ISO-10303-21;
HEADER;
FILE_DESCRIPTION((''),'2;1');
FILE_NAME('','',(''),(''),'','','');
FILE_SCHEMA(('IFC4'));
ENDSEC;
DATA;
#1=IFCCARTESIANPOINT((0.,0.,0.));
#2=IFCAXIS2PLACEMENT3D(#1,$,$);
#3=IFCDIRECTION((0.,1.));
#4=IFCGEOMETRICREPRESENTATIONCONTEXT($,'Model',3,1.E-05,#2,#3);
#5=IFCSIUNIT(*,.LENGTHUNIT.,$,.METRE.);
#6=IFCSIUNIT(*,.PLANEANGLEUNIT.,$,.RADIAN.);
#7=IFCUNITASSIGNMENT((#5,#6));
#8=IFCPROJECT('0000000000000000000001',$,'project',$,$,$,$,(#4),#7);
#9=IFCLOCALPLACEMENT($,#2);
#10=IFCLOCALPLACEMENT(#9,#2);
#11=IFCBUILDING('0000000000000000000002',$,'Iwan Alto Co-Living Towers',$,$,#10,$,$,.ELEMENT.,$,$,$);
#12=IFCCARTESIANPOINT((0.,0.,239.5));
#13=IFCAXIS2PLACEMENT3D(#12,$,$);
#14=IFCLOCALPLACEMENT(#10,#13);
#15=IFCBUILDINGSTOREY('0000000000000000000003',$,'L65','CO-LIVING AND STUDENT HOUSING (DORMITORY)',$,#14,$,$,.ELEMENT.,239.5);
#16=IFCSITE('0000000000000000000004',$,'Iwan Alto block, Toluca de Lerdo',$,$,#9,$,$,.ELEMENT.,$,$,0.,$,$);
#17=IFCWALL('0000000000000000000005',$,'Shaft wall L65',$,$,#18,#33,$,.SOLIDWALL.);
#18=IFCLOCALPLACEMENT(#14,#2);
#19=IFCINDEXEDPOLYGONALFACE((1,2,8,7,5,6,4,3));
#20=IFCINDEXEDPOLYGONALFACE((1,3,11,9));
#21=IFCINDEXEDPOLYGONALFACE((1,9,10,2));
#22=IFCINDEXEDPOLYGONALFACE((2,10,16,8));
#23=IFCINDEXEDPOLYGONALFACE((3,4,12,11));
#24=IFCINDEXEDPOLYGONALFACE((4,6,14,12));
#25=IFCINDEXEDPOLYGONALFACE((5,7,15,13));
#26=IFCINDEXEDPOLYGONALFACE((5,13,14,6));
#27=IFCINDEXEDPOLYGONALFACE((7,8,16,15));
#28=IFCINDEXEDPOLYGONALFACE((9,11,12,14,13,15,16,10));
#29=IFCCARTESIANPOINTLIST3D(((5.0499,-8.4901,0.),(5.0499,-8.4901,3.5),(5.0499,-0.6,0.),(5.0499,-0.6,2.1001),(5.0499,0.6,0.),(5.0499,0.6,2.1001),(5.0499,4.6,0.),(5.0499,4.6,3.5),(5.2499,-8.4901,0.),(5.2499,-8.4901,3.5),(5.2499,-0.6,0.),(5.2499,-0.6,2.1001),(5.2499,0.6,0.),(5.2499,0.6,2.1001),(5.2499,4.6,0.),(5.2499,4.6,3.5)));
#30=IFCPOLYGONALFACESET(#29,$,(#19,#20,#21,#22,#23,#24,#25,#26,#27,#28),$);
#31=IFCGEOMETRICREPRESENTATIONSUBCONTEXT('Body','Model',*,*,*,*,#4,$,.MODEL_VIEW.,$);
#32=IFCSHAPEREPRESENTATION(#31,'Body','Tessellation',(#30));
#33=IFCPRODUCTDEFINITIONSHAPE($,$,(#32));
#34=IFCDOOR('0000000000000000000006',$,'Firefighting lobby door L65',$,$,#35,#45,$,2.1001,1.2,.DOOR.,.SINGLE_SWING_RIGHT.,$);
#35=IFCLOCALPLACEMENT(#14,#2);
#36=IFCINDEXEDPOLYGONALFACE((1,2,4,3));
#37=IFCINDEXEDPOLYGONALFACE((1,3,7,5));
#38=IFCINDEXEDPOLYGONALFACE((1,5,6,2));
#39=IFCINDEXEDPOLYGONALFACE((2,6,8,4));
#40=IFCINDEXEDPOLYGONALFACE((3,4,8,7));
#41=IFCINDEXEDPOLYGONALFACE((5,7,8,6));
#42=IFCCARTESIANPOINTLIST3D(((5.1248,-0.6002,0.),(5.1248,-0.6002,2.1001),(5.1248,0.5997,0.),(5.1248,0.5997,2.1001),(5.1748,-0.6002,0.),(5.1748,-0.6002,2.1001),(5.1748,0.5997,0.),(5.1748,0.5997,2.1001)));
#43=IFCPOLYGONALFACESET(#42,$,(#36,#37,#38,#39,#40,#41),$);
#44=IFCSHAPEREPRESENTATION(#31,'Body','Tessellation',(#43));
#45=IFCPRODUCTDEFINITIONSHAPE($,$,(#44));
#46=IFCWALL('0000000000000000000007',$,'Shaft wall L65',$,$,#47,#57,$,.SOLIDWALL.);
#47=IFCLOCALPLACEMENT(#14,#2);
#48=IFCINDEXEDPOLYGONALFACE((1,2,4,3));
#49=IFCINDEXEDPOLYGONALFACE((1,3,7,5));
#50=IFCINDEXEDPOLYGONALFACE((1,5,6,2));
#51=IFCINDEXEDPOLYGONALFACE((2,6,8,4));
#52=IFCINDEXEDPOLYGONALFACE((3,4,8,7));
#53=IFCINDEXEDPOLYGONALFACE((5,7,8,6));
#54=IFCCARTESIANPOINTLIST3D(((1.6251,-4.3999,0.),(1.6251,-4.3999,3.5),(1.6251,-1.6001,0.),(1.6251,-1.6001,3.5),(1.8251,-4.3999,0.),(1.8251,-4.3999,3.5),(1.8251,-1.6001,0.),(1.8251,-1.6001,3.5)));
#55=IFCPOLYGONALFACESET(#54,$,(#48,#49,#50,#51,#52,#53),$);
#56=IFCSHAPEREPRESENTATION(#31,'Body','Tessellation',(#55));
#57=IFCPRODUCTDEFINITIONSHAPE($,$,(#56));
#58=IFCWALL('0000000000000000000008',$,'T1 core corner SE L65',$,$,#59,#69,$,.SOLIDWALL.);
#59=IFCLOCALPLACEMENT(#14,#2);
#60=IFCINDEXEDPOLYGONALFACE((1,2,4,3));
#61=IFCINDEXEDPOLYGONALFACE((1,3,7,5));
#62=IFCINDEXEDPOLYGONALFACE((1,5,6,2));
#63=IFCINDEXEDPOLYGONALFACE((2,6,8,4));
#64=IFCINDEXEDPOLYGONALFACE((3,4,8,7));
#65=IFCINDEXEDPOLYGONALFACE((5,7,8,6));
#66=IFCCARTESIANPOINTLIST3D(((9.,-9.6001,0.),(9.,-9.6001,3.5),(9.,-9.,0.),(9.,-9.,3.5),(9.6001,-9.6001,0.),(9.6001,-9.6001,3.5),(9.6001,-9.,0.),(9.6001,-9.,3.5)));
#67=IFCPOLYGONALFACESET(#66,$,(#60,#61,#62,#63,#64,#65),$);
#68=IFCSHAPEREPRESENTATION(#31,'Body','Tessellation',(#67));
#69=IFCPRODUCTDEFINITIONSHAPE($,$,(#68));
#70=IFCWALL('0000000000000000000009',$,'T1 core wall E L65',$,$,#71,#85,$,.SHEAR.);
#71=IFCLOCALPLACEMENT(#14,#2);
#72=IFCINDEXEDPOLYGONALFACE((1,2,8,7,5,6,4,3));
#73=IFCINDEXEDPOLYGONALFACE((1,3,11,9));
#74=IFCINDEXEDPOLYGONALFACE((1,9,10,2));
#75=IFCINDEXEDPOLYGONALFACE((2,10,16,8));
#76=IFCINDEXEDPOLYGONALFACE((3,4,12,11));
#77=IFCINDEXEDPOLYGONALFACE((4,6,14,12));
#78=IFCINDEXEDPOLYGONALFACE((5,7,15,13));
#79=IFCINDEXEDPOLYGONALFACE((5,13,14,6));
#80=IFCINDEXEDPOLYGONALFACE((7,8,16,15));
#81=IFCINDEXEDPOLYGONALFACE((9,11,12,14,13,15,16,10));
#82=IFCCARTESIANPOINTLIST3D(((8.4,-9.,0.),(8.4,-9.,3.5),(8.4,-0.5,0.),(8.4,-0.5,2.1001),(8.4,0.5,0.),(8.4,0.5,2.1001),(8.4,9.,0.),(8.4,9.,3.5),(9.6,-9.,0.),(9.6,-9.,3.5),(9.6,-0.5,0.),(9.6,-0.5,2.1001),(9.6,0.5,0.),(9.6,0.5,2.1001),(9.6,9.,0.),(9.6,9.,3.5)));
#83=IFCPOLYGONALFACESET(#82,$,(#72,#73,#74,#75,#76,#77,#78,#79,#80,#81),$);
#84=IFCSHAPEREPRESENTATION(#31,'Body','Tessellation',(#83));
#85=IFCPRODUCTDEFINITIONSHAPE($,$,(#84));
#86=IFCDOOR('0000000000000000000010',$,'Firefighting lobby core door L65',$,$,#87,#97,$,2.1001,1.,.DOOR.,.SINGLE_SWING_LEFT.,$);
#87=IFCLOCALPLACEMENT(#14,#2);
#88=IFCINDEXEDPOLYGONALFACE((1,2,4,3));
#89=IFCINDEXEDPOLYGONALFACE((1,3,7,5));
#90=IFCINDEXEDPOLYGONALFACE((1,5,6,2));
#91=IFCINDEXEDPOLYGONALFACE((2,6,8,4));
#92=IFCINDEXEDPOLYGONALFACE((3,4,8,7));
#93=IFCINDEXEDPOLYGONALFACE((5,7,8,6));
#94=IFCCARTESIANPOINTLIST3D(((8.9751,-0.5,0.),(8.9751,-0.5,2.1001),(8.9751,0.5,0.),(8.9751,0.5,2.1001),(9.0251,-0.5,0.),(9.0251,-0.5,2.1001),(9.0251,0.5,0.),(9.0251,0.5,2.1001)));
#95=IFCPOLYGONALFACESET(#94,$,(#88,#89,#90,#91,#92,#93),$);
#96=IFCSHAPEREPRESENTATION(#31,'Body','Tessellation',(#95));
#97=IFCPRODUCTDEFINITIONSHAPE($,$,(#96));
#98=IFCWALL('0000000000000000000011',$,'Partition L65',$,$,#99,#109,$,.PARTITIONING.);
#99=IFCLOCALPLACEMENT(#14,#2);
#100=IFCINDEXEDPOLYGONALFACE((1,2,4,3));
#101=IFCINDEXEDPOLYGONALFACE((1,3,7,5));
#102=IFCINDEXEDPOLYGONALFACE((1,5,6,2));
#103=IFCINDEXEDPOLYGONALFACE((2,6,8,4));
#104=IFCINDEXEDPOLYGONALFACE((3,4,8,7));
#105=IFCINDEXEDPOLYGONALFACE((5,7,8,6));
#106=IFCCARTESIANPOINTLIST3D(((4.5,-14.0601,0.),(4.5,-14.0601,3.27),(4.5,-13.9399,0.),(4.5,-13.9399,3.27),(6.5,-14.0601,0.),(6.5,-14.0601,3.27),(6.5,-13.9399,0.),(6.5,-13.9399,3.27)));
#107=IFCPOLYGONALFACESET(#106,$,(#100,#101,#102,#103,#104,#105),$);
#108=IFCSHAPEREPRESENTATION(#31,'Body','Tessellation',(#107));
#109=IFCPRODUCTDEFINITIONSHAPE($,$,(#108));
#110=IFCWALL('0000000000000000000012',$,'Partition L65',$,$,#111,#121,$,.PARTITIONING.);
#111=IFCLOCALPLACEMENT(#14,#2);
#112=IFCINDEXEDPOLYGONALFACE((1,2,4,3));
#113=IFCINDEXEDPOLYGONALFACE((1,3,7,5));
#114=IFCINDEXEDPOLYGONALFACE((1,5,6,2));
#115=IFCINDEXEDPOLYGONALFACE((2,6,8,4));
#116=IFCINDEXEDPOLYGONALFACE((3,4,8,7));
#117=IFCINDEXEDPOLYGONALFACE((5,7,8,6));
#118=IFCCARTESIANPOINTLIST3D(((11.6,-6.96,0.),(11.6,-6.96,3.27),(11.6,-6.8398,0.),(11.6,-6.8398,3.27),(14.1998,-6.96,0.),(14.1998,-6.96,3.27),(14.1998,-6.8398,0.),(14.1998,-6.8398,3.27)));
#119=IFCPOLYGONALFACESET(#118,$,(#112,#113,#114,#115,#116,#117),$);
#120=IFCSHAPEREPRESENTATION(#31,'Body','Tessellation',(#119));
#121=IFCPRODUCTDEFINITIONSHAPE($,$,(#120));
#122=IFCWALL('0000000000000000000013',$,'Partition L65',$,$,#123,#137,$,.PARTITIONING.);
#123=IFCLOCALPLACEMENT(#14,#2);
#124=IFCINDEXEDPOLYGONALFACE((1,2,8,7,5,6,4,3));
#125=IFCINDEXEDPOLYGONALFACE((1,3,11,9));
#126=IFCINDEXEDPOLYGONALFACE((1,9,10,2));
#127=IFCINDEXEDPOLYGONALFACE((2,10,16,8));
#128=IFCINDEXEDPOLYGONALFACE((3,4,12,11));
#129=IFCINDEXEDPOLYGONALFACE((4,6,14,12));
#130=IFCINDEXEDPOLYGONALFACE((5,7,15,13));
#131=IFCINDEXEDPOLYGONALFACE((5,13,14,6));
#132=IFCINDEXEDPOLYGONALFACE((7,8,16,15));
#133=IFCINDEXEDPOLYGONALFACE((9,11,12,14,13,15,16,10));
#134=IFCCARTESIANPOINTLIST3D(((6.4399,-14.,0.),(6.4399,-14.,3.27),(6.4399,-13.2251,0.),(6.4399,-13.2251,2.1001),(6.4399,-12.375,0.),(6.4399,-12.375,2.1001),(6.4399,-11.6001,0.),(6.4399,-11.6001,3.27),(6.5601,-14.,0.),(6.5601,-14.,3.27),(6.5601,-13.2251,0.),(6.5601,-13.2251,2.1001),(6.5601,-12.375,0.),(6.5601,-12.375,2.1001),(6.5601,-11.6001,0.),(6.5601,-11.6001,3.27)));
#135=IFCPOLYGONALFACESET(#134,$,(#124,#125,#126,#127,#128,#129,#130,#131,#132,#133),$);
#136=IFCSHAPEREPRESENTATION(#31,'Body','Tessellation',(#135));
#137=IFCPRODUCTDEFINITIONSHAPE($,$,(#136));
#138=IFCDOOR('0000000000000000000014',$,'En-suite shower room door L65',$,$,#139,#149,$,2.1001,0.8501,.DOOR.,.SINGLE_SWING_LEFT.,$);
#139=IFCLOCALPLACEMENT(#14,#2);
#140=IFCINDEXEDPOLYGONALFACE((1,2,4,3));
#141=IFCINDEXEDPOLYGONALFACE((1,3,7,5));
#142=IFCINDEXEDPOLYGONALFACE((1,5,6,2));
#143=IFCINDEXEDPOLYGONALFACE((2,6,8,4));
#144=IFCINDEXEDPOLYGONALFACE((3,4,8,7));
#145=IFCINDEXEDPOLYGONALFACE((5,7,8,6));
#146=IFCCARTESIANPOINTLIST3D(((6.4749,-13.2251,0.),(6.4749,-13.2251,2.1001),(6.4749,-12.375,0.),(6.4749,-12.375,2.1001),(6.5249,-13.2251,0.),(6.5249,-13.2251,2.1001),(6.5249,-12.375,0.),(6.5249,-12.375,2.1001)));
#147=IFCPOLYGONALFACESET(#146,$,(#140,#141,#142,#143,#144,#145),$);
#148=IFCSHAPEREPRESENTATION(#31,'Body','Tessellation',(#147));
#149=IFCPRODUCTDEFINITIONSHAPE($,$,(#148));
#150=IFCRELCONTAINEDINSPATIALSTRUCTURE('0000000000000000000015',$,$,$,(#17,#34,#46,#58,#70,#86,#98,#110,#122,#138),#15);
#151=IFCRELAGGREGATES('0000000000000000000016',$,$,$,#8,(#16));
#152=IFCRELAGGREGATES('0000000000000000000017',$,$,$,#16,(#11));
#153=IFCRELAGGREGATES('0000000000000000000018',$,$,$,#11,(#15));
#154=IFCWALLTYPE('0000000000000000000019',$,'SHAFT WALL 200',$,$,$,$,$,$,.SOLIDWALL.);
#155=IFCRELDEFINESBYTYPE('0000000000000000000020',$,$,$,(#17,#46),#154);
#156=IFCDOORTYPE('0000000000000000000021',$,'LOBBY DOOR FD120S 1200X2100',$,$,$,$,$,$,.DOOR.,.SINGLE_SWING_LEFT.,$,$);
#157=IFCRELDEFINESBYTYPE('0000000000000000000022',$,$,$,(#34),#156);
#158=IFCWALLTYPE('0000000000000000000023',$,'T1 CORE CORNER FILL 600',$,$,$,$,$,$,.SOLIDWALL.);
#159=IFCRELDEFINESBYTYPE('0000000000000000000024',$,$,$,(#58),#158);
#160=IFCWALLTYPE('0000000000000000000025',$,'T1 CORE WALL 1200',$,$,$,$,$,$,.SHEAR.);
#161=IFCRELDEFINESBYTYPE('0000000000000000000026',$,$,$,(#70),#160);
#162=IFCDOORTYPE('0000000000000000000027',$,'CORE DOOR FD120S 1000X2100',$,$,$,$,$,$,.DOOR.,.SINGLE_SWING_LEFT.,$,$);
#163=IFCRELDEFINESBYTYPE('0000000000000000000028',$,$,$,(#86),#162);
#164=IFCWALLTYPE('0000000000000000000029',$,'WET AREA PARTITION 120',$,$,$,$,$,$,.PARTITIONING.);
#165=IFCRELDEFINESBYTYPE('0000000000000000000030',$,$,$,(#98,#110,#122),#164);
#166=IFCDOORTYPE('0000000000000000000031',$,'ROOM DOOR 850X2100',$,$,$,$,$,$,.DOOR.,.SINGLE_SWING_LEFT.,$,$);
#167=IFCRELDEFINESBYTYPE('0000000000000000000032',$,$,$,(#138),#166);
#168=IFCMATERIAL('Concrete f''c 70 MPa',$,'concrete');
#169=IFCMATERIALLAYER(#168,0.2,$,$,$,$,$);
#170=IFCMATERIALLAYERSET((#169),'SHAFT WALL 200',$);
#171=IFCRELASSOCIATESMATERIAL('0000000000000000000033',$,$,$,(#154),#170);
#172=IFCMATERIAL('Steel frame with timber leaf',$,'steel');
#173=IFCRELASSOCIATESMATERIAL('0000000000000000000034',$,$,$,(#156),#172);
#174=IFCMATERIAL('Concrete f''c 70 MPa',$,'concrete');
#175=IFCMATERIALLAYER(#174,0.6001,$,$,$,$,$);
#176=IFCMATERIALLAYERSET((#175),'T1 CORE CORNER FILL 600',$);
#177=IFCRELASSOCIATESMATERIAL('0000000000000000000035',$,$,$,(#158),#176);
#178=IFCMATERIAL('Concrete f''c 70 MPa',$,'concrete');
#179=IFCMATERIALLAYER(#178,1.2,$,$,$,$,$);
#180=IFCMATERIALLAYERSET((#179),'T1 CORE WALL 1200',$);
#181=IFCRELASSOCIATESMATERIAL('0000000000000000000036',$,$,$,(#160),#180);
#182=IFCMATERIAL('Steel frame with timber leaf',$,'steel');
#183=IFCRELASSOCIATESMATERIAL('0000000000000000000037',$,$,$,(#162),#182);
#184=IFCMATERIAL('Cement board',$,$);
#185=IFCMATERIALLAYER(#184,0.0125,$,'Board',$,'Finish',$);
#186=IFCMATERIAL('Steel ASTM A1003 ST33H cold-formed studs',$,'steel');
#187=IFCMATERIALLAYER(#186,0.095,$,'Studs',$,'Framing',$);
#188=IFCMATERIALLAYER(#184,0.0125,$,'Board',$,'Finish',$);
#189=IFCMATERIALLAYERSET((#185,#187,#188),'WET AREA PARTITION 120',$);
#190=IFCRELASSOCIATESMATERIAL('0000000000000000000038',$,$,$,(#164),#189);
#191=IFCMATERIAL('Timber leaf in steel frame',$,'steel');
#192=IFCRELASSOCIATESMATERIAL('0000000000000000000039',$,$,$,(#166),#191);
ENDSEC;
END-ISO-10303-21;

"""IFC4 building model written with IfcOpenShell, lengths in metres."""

from ifc_helpers import new_model, si_unit, direction, frame, frame_2d, origin, place, context, subcontext, project, spatial, rectangle, extrude, material, layer, layer_set, type_object, element, fill, save


model = new_model("IFC4")

# Units and contexts
model_context = context("Model", 3, precision=1e-05, world=origin(), true_north=direction((0.0, 1.0)))
body_context = subcontext(model_context, "Body", "Model", "MODEL_VIEW")
ifc_project = project(units=[si_unit("LENGTHUNIT", "METRE"), si_unit("PLANEANGLEUNIT", "RADIAN")], contexts=[model_context])

# Site, building, storey
site_placement = place(None, origin())
site = spatial("IfcSite", under=ifc_project, at=site_placement, Name="Iwan Alto block, Toluca de Lerdo", CompositionType="ELEMENT", RefElevation=0.0)
building_placement = place(site_placement, origin())
building = spatial("IfcBuilding", under=site, at=building_placement, Name="Iwan Alto Co-Living Towers", CompositionType="ELEMENT")
storey_placement = place(building_placement, frame((0.0, 0.0, 239.5)))
storey = spatial("IfcBuildingStorey", under=building, at=storey_placement, Name="L65", Description="CO-LIVING AND STUDENT HOUSING (DORMITORY)", CompositionType="ELEMENT", Elevation=239.5)

# Shared definitions
ifc_material_1 = material(Name="Steel ASTM A1003 ST33H cold-formed studs", Category="steel")

# Wall, opening, door
ifc_material_2 = material(Name="Concrete f'c 70 MPa", Category="concrete")
ifc_layer_1 = layer(ifc_material_2, 0.2)
ifc_layer_set_1 = layer_set([ifc_layer_1], Name="SHAFT WALL 200")
wall_type_1 = type_object("IfcWallType", Name="SHAFT WALL 200", PredefinedType="SOLIDWALL", material=ifc_layer_set_1)
wall_1_placement = place(storey_placement, frame((5.1499, -8.49, 0.0), z_axis=(0.0, 0.0, 1.0), x_axis=(0.0, 1.0, 0.0)))
wall_1 = element("IfcWall", 1, at=wall_1_placement, inside=storey, type_object=wall_type_1, Name="Shaft wall L65", PredefinedType="SOLIDWALL", context=body_context, shape_type="SweptSolid", body=[
    extrude(rectangle(XDim=13.0901, YDim=0.2, at=frame_2d((6.5449, 0.0))), origin(), (0.0, 0.0, 1.0), 3.5),
])
opening_1_placement = place(wall_1_placement, frame((7.8899, 0.0, 0.0)))
opening_1 = element("IfcOpeningElement", 2, at=opening_1_placement, cuts=wall_1, PredefinedType="OPENING", context=body_context, shape_type="SweptSolid", body=[
    extrude(rectangle(XDim=1.2, YDim=2.1001, at=frame_2d((0.6001, 1.05))), frame((0.0, 0.1099, 0.0), z_axis=(0.0, -1.0, 0.0), x_axis=(1.0, 0.0, 0.0)), (0.0, 0.0, 1.0), 0.22),
])
ifc_material_3 = material(Name="Steel frame with timber leaf", Category="steel")
door_type_1 = type_object("IfcDoorType", Name="LOBBY DOOR FD120S 1200X2100", OperationType="SINGLE_SWING_LEFT", PredefinedType="DOOR", material=ifc_material_3)
door_1_placement = place(opening_1_placement, frame((1.2, 0.0, 0.0), z_axis=(0.0, 0.0, 1.0), x_axis=(-1.0, 0.0, 0.0)))
door_1 = element("IfcDoor", 3, at=door_1_placement, inside=storey, type_object=door_type_1, Name="Firefighting lobby door L65", OperationType="SINGLE_SWING_RIGHT", OverallHeight=2.1001, OverallWidth=1.2, PredefinedType="DOOR", context=body_context, shape_type="SweptSolid", body=[
    extrude(rectangle(XDim=1.2, YDim=2.1001, at=frame_2d((0.6001, 1.05))), frame((0.0, 0.0249, 0.0), z_axis=(0.0, -1.0, 0.0), x_axis=(1.0, 0.0, 0.0)), (0.0, 0.0, 1.0), 0.05),
])
fill(opening_1, door_1)

# Walls
wall_2_placement = place(storey_placement, frame((1.7251, -4.3999, 0.0), z_axis=(0.0, 0.0, 1.0), x_axis=(0.0, 1.0, 0.0)))
element("IfcWall", 4, at=wall_2_placement, inside=storey, type_object=wall_type_1, Name="Shaft wall L65", PredefinedType="SOLIDWALL", context=body_context, shape_type="SweptSolid", body=[
    extrude(rectangle(XDim=2.7998, YDim=0.2, at=frame_2d((1.3999, 0.0))), origin(), (0.0, 0.0, 1.0), 3.5),
])
ifc_material_4 = material(Name="Concrete f'c 70 MPa", Category="concrete")
ifc_layer_2 = layer(ifc_material_4, 0.6001)
ifc_layer_set_2 = layer_set([ifc_layer_2], Name="T1 CORE CORNER FILL 600")
wall_type_2 = type_object("IfcWallType", Name="T1 CORE CORNER FILL 600", PredefinedType="SOLIDWALL", material=ifc_layer_set_2)
wall_3_placement = place(storey_placement, frame((9.0, -9.3, 0.0), z_axis=(0.0, 0.0, 1.0), x_axis=(1.0, 0.0, 0.0)))
element("IfcWall", 5, at=wall_3_placement, inside=storey, type_object=wall_type_2, Name="T1 core corner SE L65", PredefinedType="SOLIDWALL", context=body_context, shape_type="SweptSolid", body=[
    extrude(rectangle(XDim=0.6001, YDim=0.6001, at=frame_2d((0.3, 0.0))), origin(), (0.0, 0.0, 1.0), 3.5),
])

# Wall, opening, door
ifc_material_5 = material(Name="Concrete f'c 70 MPa", Category="concrete")
ifc_layer_3 = layer(ifc_material_5, 1.2)
ifc_layer_set_3 = layer_set([ifc_layer_3], Name="T1 CORE WALL 1200")
wall_type_3 = type_object("IfcWallType", Name="T1 CORE WALL 1200", PredefinedType="SHEAR", material=ifc_layer_set_3)
wall_4_placement = place(storey_placement, frame((9.0, -9.0, 0.0), z_axis=(0.0, 0.0, 1.0), x_axis=(0.0, 1.0, 0.0)))
wall_4 = element("IfcWall", 6, at=wall_4_placement, inside=storey, type_object=wall_type_3, Name="T1 core wall E L65", PredefinedType="SHEAR", context=body_context, shape_type="SweptSolid", body=[
    extrude(rectangle(XDim=18.0, YDim=1.2, at=frame_2d((9.0, 0.0))), origin(), (0.0, 0.0, 1.0), 3.5),
])
opening_2_placement = place(wall_4_placement, frame((8.5, 0.0, 0.0)))
opening_2 = element("IfcOpeningElement", 7, at=opening_2_placement, cuts=wall_4, PredefinedType="OPENING", context=body_context, shape_type="SweptSolid", body=[
    extrude(rectangle(XDim=1.0, YDim=2.1001, at=frame_2d((0.5, 1.05))), frame((0.0, 0.6099, 0.0), z_axis=(0.0, -1.0, 0.0), x_axis=(1.0, 0.0, 0.0)), (0.0, 0.0, 1.0), 1.22),
])
ifc_material_6 = material(Name="Steel frame with timber leaf", Category="steel")
door_type_2 = type_object("IfcDoorType", Name="CORE DOOR FD120S 1000X2100", OperationType="SINGLE_SWING_LEFT", PredefinedType="DOOR", material=ifc_material_6)
door_2_placement = place(opening_2_placement, origin())
door_2 = element("IfcDoor", 8, at=door_2_placement, inside=storey, type_object=door_type_2, Name="Firefighting lobby core door L65", OperationType="SINGLE_SWING_LEFT", OverallHeight=2.1001, OverallWidth=1.0, PredefinedType="DOOR", context=body_context, shape_type="SweptSolid", body=[
    extrude(rectangle(XDim=1.0, YDim=2.1001, at=frame_2d((0.5, 1.05))), frame((0.0, 0.0249, 0.0), z_axis=(0.0, -1.0, 0.0), x_axis=(1.0, 0.0, 0.0)), (0.0, 0.0, 1.0), 0.05),
])
fill(opening_2, door_2)

# Walls
ifc_material_7 = material(Name="Cement board")
ifc_layer_4 = layer(ifc_material_7, 0.0125, Name="Board", Category="Finish")
ifc_layer_5 = layer(ifc_material_1, 0.095, Name="Studs", Category="Framing")
ifc_layer_6 = layer(ifc_material_7, 0.0125, Name="Board", Category="Finish")
ifc_layer_set_4 = layer_set([ifc_layer_4, ifc_layer_5, ifc_layer_6], Name="WET AREA PARTITION 120")
wall_type_4 = type_object("IfcWallType", Name="WET AREA PARTITION 120", PredefinedType="PARTITIONING", material=ifc_layer_set_4)
wall_5_placement = place(storey_placement, frame((4.5, -14.0, 0.0), z_axis=(0.0, 0.0, 1.0), x_axis=(1.0, 0.0, 0.0)))
element("IfcWall", 9, at=wall_5_placement, inside=storey, type_object=wall_type_4, Name="Partition L65", PredefinedType="PARTITIONING", context=body_context, shape_type="SweptSolid", body=[
    extrude(rectangle(XDim=2.0, YDim=0.1201, at=frame_2d((1.0, 0.0))), origin(), (0.0, 0.0, 1.0), 3.27),
])
wall_6_placement = place(storey_placement, frame((11.6001, -6.8999, 0.0), z_axis=(0.0, 0.0, 1.0), x_axis=(1.0, 0.0, 0.0)))
element("IfcWall", 10, at=wall_6_placement, inside=storey, type_object=wall_type_4, Name="Partition L65", PredefinedType="PARTITIONING", context=body_context, shape_type="SweptSolid", body=[
    extrude(rectangle(XDim=2.5999, YDim=0.1201, at=frame_2d((1.2998, 0.0))), origin(), (0.0, 0.0, 1.0), 3.27),
])

# Wall, opening, door
wall_7_placement = place(storey_placement, frame((6.5, -14.0, 0.0), z_axis=(0.0, 0.0, 1.0), x_axis=(0.0, 1.0, 0.0)))
wall_7 = element("IfcWall", 11, at=wall_7_placement, inside=storey, type_object=wall_type_4, Name="Partition L65", PredefinedType="PARTITIONING", context=body_context, shape_type="SweptSolid", body=[
    extrude(rectangle(XDim=2.3999, YDim=0.1201, at=frame_2d((1.2, 0.0))), origin(), (0.0, 0.0, 1.0), 3.27),
])
opening_3_placement = place(wall_7_placement, frame((0.7749, 0.0, 0.0)))
opening_3 = element("IfcOpeningElement", 12, at=opening_3_placement, cuts=wall_7, PredefinedType="OPENING", context=body_context, shape_type="SweptSolid", body=[
    extrude(rectangle(XDim=0.8501, YDim=2.1001, at=frame_2d((0.425, 1.05))), frame((0.0, 0.0701, 0.0), z_axis=(0.0, -1.0, 0.0), x_axis=(1.0, 0.0, 0.0)), (0.0, 0.0, 1.0), 0.1401),
])
ifc_material_8 = material(Name="Timber leaf in steel frame", Category="steel")
door_type_3 = type_object("IfcDoorType", Name="ROOM DOOR 850X2100", OperationType="SINGLE_SWING_LEFT", PredefinedType="DOOR", material=ifc_material_8)
door_3_placement = place(opening_3_placement, frame((0.8501, 0.0, 0.0), z_axis=(0.0, 0.0, 1.0), x_axis=(-1.0, 0.0, 0.0)))
door_3 = element("IfcDoor", 13, at=door_3_placement, inside=storey, type_object=door_type_3, Name="En-suite shower room door L65", OperationType="SINGLE_SWING_LEFT", OverallHeight=2.1001, OverallWidth=0.8501, PredefinedType="DOOR", context=body_context, shape_type="SweptSolid", body=[
    extrude(rectangle(XDim=0.8501, YDim=2.1001, at=frame_2d((0.425, 1.05))), frame((0.0, 0.0249, 0.0), z_axis=(0.0, -1.0, 0.0), x_axis=(1.0, 0.0, 0.0)), (0.0, 0.0, 1.0), 0.05),
])
fill(opening_3, door_3)

save(model, "model.ifc")
